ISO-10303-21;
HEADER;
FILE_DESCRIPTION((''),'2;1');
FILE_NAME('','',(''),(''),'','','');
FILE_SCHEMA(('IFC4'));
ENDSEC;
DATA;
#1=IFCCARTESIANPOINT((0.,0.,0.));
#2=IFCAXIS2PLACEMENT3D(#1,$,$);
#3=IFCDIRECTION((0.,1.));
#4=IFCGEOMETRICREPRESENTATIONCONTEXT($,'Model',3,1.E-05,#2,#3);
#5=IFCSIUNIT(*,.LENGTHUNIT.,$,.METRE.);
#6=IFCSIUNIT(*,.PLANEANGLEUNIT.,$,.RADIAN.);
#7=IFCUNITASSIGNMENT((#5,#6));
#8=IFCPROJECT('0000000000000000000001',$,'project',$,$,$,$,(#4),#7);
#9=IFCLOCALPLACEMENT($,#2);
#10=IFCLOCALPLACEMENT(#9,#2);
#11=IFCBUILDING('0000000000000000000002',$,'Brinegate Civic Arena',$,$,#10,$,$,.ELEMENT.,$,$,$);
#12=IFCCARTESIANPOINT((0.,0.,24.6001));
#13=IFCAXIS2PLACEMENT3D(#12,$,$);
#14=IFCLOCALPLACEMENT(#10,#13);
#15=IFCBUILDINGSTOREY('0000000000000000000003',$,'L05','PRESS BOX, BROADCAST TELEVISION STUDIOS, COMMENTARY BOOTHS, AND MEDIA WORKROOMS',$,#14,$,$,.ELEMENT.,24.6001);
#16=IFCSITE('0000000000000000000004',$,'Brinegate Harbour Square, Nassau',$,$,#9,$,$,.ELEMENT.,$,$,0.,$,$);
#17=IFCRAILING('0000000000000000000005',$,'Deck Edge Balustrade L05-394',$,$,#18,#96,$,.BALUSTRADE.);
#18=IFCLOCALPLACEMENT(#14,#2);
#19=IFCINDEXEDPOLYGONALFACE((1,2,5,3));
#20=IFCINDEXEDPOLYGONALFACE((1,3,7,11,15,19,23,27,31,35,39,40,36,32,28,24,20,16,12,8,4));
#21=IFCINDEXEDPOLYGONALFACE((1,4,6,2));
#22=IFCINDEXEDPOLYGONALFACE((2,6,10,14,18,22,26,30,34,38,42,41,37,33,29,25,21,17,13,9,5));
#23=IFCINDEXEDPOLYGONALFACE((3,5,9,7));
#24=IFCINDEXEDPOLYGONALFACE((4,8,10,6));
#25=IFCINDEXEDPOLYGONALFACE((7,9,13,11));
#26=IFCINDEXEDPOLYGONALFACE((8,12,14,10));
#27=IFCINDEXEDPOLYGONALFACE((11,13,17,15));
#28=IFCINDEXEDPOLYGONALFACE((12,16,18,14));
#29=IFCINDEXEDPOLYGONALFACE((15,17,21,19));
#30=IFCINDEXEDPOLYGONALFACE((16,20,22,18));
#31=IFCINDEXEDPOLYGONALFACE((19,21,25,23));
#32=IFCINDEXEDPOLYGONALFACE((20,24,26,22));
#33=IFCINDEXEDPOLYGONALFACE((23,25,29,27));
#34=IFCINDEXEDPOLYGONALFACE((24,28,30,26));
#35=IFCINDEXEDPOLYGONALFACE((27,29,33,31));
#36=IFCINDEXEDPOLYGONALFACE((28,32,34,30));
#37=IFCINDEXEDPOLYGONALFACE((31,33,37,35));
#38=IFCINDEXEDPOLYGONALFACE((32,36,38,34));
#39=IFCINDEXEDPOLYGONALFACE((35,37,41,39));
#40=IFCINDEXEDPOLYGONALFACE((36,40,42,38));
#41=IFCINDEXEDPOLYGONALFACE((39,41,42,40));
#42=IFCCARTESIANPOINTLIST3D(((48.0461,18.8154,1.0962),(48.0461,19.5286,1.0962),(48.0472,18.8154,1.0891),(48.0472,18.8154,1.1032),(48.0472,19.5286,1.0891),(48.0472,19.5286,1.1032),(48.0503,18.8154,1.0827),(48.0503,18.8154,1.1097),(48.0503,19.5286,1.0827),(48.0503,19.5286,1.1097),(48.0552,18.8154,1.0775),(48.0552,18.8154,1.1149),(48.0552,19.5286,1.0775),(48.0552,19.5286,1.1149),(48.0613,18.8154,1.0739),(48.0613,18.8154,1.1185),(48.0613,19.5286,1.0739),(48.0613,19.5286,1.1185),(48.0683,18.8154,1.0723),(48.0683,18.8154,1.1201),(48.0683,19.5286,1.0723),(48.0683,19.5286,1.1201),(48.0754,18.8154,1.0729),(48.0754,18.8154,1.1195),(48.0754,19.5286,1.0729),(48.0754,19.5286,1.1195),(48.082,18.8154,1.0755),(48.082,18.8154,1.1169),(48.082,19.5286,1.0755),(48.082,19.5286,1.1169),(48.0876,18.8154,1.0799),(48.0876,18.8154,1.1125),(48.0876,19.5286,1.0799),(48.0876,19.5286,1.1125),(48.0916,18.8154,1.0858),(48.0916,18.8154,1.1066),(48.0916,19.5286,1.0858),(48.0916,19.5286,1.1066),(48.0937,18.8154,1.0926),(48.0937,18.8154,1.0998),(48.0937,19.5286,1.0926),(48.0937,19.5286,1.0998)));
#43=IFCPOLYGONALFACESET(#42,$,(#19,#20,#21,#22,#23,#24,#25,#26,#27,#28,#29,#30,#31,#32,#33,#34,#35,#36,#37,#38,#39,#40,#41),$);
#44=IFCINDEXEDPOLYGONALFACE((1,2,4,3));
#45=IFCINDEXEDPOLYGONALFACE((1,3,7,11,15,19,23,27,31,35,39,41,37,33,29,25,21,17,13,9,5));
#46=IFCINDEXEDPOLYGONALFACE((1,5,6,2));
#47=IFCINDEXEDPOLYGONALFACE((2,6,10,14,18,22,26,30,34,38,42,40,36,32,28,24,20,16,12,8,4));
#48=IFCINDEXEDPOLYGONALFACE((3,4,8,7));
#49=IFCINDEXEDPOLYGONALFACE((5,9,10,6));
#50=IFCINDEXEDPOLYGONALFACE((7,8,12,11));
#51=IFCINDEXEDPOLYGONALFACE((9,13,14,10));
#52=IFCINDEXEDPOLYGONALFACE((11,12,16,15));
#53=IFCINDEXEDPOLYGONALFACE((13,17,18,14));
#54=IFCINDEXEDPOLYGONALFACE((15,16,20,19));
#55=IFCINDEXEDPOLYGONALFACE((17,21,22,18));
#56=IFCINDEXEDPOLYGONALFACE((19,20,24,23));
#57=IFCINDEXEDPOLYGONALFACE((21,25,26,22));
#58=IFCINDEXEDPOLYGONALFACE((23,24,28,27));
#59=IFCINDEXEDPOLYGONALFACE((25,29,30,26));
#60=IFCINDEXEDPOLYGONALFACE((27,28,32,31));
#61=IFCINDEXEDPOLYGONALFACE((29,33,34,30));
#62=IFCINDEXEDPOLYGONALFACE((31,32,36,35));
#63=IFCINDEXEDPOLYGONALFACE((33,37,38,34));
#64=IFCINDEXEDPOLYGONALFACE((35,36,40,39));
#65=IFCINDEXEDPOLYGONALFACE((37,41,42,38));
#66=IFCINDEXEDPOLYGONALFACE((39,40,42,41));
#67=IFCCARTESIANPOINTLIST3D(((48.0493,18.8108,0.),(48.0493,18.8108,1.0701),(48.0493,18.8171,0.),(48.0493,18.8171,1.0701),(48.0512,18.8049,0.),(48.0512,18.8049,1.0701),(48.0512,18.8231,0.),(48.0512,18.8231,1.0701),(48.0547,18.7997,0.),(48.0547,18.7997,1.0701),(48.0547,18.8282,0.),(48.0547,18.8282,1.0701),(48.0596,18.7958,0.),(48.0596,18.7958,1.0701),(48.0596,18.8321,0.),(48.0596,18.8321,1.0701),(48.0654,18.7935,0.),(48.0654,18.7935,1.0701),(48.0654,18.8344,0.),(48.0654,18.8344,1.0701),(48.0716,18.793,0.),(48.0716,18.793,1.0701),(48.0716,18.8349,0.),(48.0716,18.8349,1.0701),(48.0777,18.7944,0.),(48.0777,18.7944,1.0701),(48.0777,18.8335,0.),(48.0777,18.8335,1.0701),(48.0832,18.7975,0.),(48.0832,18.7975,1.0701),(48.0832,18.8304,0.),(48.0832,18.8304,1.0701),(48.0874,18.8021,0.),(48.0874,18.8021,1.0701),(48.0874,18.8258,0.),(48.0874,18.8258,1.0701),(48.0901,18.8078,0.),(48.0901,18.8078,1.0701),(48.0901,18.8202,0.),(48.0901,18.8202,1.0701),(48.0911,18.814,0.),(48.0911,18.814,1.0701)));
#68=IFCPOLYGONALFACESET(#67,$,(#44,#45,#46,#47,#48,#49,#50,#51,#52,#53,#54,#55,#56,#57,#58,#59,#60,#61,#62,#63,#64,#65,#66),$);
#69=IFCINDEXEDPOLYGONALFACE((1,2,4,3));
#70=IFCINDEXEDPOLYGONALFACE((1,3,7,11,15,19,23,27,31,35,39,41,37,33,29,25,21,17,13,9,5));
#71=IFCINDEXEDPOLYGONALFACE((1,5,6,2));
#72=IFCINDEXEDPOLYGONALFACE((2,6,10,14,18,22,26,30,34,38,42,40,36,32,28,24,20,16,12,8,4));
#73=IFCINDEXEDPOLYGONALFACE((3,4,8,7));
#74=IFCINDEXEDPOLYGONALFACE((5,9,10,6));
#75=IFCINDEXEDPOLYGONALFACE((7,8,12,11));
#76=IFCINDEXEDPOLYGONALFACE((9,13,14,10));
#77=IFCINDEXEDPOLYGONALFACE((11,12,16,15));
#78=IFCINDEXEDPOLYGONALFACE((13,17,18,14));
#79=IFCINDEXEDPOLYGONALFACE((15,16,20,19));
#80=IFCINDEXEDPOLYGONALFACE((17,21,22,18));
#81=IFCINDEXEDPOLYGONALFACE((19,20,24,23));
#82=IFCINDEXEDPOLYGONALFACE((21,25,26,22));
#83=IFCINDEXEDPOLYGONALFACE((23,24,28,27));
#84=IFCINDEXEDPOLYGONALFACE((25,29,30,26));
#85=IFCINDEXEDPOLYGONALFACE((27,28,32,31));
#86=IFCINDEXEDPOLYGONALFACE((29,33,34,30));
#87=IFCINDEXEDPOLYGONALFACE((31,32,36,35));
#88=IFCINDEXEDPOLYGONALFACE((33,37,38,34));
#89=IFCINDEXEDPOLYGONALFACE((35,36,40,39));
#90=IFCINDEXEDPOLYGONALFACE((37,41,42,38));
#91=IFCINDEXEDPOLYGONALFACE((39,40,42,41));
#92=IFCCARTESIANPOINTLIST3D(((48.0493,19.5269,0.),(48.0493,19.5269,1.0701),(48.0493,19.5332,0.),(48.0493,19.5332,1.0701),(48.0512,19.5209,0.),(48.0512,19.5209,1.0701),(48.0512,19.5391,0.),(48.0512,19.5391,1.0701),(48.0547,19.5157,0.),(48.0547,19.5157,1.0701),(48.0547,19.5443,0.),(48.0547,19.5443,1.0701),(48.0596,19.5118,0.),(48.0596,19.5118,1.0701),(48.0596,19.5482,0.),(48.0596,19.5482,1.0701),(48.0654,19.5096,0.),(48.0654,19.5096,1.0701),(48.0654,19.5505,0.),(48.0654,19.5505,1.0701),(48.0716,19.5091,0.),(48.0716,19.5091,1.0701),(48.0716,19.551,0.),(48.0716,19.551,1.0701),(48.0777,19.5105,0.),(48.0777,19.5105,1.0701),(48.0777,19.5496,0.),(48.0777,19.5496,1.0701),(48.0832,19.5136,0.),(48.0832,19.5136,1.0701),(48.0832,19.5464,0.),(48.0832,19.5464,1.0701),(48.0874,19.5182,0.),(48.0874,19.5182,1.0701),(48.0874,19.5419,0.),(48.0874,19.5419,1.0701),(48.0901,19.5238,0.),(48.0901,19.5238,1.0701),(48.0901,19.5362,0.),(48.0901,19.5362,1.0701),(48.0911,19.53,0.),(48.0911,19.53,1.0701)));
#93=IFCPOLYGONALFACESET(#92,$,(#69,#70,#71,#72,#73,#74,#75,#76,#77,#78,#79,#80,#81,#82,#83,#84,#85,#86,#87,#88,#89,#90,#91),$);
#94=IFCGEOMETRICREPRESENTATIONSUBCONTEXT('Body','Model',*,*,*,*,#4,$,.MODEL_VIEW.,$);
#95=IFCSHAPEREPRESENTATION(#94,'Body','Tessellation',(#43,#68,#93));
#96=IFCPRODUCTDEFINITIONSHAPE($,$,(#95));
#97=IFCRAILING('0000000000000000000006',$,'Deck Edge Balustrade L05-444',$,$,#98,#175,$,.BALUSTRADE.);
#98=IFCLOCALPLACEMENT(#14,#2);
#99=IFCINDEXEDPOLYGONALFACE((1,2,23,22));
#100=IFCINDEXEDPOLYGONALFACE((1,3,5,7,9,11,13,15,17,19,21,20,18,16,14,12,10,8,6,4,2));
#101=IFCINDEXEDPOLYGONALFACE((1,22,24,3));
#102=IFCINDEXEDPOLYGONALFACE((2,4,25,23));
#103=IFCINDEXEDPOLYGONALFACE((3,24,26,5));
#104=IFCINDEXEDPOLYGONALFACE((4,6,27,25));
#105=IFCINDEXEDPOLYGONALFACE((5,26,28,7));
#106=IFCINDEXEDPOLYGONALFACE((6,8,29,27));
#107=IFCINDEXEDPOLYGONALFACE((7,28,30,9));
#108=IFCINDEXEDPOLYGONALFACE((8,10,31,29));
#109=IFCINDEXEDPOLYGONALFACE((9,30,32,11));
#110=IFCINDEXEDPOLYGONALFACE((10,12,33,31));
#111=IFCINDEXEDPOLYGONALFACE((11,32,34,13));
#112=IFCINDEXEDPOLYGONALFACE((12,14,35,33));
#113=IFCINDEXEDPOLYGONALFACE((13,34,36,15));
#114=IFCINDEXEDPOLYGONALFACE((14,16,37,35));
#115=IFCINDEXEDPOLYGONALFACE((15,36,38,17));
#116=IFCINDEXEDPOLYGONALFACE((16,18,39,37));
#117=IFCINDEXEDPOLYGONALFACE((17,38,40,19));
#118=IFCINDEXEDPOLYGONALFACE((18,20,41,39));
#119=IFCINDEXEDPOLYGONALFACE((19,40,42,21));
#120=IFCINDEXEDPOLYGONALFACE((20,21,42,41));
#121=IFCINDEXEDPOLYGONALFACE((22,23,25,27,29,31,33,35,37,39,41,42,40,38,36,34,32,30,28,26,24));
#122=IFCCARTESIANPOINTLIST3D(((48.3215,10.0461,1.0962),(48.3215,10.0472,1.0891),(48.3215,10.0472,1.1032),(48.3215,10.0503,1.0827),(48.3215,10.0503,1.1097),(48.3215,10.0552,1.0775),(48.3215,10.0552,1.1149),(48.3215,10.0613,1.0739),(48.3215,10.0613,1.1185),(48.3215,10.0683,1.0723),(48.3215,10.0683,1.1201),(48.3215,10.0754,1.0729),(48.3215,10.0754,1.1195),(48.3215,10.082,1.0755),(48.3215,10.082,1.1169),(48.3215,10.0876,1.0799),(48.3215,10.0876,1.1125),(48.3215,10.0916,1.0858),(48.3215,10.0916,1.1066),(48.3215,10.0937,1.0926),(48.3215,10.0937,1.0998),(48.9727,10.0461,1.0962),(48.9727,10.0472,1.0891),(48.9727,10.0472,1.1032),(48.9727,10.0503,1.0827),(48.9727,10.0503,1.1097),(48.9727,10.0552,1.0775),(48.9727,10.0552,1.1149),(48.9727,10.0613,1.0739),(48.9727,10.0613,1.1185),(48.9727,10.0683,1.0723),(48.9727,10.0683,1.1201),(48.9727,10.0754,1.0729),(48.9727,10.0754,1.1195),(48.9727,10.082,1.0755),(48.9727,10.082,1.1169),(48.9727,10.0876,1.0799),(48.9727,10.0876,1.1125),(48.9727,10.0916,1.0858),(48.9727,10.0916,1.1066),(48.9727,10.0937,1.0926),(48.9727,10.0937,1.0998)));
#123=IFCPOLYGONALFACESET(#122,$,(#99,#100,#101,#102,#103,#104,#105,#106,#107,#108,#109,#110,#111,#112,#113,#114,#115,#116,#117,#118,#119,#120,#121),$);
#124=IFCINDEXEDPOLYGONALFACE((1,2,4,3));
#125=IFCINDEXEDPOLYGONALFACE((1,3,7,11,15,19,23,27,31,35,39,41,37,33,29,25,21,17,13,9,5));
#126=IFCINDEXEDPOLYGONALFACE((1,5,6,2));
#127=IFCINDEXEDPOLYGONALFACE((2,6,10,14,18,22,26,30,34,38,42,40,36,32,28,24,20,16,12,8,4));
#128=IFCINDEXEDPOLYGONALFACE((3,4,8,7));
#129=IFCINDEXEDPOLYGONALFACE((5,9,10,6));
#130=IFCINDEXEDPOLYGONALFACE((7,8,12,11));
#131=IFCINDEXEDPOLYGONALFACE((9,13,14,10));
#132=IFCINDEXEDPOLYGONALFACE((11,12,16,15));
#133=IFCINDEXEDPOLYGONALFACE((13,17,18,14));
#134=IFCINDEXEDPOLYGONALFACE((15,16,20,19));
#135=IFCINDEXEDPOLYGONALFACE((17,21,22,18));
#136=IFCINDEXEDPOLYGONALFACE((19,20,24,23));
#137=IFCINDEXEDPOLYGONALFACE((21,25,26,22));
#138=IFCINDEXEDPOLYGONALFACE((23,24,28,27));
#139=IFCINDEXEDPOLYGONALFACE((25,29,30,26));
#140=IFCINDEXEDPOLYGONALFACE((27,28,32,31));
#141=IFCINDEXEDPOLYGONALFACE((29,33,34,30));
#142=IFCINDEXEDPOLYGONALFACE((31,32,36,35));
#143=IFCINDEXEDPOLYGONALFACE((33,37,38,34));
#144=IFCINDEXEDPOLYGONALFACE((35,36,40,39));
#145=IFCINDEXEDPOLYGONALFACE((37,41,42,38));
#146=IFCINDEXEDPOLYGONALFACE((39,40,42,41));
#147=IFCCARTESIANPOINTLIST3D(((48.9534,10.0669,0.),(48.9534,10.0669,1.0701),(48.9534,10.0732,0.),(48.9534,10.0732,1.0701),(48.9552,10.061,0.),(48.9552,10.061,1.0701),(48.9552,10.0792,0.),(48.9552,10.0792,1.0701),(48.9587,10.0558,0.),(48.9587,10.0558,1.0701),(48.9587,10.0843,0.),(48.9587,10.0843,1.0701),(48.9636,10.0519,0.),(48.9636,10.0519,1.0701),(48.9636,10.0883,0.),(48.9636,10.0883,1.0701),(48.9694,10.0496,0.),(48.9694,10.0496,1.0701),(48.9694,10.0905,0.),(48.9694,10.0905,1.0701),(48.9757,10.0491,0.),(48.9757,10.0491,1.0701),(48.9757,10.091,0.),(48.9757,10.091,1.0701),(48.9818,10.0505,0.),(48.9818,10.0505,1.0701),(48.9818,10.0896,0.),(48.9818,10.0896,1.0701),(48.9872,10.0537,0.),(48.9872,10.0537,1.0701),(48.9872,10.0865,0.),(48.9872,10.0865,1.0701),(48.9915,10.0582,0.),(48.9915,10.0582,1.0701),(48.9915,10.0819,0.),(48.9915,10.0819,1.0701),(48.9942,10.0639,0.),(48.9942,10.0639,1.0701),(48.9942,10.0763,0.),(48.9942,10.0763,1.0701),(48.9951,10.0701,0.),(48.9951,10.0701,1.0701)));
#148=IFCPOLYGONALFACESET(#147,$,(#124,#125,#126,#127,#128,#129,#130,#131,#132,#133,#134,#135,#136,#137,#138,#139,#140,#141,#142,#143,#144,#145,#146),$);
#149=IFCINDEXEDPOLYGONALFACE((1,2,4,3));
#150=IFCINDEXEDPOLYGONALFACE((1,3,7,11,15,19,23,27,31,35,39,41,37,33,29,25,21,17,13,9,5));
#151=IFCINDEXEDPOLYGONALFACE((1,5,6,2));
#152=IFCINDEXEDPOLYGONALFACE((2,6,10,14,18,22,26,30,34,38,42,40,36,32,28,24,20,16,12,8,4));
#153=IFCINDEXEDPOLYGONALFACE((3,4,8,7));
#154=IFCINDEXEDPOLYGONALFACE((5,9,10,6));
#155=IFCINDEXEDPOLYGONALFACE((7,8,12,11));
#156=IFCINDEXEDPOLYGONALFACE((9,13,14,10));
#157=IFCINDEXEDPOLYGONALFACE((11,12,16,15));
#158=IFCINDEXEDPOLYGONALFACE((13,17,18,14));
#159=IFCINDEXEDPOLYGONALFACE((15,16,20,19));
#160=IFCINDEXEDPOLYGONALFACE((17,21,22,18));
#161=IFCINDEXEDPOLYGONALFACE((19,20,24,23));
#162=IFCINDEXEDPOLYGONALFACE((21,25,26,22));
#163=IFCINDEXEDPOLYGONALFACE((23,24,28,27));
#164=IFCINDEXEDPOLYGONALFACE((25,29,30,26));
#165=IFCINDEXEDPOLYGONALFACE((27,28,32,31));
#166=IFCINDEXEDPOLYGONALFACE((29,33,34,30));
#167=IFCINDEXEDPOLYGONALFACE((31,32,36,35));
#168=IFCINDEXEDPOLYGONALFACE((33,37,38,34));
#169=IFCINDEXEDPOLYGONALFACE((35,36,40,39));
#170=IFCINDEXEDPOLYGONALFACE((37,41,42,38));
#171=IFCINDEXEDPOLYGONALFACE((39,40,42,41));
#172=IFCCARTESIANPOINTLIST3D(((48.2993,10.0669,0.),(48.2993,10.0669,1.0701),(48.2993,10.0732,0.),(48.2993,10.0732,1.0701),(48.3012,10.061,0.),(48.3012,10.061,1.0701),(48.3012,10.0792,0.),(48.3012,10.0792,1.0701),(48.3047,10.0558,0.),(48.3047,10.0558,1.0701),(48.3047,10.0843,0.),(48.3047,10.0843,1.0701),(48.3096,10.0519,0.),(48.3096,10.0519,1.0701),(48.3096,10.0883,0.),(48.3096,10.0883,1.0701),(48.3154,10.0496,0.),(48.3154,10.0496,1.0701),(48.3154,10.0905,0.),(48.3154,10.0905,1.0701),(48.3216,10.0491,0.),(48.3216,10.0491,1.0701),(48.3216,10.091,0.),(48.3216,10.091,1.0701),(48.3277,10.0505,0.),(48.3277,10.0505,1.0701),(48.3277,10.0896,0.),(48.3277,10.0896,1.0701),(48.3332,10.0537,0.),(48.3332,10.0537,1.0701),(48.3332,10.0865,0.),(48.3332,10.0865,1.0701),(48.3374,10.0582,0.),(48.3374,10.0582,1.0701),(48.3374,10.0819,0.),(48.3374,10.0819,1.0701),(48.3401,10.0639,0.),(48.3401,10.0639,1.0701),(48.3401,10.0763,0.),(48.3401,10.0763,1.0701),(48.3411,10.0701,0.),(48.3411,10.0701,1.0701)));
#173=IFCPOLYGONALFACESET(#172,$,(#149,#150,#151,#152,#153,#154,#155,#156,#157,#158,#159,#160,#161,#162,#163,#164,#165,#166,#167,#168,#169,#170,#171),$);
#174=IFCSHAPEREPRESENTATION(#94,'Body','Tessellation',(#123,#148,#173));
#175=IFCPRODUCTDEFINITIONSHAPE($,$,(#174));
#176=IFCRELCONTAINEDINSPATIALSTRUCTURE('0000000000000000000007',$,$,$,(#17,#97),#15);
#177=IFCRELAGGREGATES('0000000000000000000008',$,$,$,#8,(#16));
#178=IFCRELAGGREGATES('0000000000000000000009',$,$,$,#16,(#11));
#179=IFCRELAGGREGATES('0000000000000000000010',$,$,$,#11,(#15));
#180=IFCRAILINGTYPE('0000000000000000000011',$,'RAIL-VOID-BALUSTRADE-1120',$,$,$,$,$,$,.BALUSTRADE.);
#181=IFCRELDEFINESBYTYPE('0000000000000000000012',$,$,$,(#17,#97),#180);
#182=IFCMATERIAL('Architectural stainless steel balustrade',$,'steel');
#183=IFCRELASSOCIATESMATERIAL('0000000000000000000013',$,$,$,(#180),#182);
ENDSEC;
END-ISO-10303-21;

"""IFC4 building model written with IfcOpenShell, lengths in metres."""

from ifc_helpers import new_model, si_unit, direction, frame, origin, origin_2d, place, context, subcontext, project, spatial, circle, extrude, material, type_object, element, save


model = new_model("IFC4")

# Units and contexts
model_context = context("Model", 3, precision=1e-05, world=origin(), true_north=direction((0.0, 1.0)))
body_context = subcontext(model_context, "Body", "Model", "MODEL_VIEW")
ifc_project = project(units=[si_unit("LENGTHUNIT", "METRE"), si_unit("PLANEANGLEUNIT", "RADIAN")], contexts=[model_context])

# Site, building, storey
site_placement = place(None, origin())
site = spatial("IfcSite", under=ifc_project, at=site_placement, Name="Brinegate Harbour Square, Nassau", CompositionType="ELEMENT", RefElevation=0.0)
building_placement = place(site_placement, origin())
building = spatial("IfcBuilding", under=site, at=building_placement, Name="Brinegate Civic Arena", CompositionType="ELEMENT")
storey_placement = place(building_placement, frame((0.0, 0.0, 24.6001)))
storey = spatial("IfcBuildingStorey", under=building, at=storey_placement, Name="L05", Description="PRESS BOX, BROADCAST TELEVISION STUDIOS, COMMENTARY BOOTHS, AND MEDIA WORKROOMS", CompositionType="ELEMENT", Elevation=24.6001)

# Railings
ifc_material_1 = material(Name="Architectural stainless steel balustrade", Category="steel")
railing_type = type_object("IfcRailingType", Name="RAIL-VOID-BALUSTRADE-1120", PredefinedType="BALUSTRADE", material=ifc_material_1)
railing_1_placement = place(storey_placement, frame((48.0701, 18.814, 0.0)))
element("IfcRailing", 1, at=railing_1_placement, inside=storey, type_object=railing_type, Name="Deck Edge Balustrade L05-394", PredefinedType="BALUSTRADE", context=body_context, shape_type="SweptSolid", body=[
    extrude(circle(Radius=0.0239, at=origin_2d()), frame((0.0, 0.0015, 1.0962), z_axis=(0.0, 1.0, 0.0), x_axis=(-1.0, 0.0, 0.0)), (0.0, 0.0, 1.0), 0.7131),
    extrude(circle(Radius=0.021, at=origin_2d()), origin(), (0.0, 0.0, 1.0), 1.0701),
    extrude(circle(Radius=0.021, at=origin_2d()), frame((0.0, 0.7161, 0.0)), (0.0, 0.0, 1.0), 1.0701),
])
railing_2_placement = place(storey_placement, frame((48.9741, 10.0701, 0.0)))
element("IfcRailing", 2, at=railing_2_placement, inside=storey, type_object=railing_type, Name="Deck Edge Balustrade L05-444", PredefinedType="BALUSTRADE", context=body_context, shape_type="SweptSolid", body=[
    extrude(circle(Radius=0.0239, at=origin_2d()), frame((-0.0015, 0.0, 1.0962), z_axis=(-1.0, 0.0, 0.0), x_axis=(0.0, -1.0, 0.0)), (0.0, 0.0, 1.0), 0.6511),
    extrude(circle(Radius=0.021, at=origin_2d()), origin(), (0.0, 0.0, 1.0), 1.0701),
    extrude(circle(Radius=0.021, at=origin_2d()), frame((-0.6541, 0.0, 0.0)), (0.0, 0.0, 1.0), 1.0701),
])

save(model, "model.ifc")
